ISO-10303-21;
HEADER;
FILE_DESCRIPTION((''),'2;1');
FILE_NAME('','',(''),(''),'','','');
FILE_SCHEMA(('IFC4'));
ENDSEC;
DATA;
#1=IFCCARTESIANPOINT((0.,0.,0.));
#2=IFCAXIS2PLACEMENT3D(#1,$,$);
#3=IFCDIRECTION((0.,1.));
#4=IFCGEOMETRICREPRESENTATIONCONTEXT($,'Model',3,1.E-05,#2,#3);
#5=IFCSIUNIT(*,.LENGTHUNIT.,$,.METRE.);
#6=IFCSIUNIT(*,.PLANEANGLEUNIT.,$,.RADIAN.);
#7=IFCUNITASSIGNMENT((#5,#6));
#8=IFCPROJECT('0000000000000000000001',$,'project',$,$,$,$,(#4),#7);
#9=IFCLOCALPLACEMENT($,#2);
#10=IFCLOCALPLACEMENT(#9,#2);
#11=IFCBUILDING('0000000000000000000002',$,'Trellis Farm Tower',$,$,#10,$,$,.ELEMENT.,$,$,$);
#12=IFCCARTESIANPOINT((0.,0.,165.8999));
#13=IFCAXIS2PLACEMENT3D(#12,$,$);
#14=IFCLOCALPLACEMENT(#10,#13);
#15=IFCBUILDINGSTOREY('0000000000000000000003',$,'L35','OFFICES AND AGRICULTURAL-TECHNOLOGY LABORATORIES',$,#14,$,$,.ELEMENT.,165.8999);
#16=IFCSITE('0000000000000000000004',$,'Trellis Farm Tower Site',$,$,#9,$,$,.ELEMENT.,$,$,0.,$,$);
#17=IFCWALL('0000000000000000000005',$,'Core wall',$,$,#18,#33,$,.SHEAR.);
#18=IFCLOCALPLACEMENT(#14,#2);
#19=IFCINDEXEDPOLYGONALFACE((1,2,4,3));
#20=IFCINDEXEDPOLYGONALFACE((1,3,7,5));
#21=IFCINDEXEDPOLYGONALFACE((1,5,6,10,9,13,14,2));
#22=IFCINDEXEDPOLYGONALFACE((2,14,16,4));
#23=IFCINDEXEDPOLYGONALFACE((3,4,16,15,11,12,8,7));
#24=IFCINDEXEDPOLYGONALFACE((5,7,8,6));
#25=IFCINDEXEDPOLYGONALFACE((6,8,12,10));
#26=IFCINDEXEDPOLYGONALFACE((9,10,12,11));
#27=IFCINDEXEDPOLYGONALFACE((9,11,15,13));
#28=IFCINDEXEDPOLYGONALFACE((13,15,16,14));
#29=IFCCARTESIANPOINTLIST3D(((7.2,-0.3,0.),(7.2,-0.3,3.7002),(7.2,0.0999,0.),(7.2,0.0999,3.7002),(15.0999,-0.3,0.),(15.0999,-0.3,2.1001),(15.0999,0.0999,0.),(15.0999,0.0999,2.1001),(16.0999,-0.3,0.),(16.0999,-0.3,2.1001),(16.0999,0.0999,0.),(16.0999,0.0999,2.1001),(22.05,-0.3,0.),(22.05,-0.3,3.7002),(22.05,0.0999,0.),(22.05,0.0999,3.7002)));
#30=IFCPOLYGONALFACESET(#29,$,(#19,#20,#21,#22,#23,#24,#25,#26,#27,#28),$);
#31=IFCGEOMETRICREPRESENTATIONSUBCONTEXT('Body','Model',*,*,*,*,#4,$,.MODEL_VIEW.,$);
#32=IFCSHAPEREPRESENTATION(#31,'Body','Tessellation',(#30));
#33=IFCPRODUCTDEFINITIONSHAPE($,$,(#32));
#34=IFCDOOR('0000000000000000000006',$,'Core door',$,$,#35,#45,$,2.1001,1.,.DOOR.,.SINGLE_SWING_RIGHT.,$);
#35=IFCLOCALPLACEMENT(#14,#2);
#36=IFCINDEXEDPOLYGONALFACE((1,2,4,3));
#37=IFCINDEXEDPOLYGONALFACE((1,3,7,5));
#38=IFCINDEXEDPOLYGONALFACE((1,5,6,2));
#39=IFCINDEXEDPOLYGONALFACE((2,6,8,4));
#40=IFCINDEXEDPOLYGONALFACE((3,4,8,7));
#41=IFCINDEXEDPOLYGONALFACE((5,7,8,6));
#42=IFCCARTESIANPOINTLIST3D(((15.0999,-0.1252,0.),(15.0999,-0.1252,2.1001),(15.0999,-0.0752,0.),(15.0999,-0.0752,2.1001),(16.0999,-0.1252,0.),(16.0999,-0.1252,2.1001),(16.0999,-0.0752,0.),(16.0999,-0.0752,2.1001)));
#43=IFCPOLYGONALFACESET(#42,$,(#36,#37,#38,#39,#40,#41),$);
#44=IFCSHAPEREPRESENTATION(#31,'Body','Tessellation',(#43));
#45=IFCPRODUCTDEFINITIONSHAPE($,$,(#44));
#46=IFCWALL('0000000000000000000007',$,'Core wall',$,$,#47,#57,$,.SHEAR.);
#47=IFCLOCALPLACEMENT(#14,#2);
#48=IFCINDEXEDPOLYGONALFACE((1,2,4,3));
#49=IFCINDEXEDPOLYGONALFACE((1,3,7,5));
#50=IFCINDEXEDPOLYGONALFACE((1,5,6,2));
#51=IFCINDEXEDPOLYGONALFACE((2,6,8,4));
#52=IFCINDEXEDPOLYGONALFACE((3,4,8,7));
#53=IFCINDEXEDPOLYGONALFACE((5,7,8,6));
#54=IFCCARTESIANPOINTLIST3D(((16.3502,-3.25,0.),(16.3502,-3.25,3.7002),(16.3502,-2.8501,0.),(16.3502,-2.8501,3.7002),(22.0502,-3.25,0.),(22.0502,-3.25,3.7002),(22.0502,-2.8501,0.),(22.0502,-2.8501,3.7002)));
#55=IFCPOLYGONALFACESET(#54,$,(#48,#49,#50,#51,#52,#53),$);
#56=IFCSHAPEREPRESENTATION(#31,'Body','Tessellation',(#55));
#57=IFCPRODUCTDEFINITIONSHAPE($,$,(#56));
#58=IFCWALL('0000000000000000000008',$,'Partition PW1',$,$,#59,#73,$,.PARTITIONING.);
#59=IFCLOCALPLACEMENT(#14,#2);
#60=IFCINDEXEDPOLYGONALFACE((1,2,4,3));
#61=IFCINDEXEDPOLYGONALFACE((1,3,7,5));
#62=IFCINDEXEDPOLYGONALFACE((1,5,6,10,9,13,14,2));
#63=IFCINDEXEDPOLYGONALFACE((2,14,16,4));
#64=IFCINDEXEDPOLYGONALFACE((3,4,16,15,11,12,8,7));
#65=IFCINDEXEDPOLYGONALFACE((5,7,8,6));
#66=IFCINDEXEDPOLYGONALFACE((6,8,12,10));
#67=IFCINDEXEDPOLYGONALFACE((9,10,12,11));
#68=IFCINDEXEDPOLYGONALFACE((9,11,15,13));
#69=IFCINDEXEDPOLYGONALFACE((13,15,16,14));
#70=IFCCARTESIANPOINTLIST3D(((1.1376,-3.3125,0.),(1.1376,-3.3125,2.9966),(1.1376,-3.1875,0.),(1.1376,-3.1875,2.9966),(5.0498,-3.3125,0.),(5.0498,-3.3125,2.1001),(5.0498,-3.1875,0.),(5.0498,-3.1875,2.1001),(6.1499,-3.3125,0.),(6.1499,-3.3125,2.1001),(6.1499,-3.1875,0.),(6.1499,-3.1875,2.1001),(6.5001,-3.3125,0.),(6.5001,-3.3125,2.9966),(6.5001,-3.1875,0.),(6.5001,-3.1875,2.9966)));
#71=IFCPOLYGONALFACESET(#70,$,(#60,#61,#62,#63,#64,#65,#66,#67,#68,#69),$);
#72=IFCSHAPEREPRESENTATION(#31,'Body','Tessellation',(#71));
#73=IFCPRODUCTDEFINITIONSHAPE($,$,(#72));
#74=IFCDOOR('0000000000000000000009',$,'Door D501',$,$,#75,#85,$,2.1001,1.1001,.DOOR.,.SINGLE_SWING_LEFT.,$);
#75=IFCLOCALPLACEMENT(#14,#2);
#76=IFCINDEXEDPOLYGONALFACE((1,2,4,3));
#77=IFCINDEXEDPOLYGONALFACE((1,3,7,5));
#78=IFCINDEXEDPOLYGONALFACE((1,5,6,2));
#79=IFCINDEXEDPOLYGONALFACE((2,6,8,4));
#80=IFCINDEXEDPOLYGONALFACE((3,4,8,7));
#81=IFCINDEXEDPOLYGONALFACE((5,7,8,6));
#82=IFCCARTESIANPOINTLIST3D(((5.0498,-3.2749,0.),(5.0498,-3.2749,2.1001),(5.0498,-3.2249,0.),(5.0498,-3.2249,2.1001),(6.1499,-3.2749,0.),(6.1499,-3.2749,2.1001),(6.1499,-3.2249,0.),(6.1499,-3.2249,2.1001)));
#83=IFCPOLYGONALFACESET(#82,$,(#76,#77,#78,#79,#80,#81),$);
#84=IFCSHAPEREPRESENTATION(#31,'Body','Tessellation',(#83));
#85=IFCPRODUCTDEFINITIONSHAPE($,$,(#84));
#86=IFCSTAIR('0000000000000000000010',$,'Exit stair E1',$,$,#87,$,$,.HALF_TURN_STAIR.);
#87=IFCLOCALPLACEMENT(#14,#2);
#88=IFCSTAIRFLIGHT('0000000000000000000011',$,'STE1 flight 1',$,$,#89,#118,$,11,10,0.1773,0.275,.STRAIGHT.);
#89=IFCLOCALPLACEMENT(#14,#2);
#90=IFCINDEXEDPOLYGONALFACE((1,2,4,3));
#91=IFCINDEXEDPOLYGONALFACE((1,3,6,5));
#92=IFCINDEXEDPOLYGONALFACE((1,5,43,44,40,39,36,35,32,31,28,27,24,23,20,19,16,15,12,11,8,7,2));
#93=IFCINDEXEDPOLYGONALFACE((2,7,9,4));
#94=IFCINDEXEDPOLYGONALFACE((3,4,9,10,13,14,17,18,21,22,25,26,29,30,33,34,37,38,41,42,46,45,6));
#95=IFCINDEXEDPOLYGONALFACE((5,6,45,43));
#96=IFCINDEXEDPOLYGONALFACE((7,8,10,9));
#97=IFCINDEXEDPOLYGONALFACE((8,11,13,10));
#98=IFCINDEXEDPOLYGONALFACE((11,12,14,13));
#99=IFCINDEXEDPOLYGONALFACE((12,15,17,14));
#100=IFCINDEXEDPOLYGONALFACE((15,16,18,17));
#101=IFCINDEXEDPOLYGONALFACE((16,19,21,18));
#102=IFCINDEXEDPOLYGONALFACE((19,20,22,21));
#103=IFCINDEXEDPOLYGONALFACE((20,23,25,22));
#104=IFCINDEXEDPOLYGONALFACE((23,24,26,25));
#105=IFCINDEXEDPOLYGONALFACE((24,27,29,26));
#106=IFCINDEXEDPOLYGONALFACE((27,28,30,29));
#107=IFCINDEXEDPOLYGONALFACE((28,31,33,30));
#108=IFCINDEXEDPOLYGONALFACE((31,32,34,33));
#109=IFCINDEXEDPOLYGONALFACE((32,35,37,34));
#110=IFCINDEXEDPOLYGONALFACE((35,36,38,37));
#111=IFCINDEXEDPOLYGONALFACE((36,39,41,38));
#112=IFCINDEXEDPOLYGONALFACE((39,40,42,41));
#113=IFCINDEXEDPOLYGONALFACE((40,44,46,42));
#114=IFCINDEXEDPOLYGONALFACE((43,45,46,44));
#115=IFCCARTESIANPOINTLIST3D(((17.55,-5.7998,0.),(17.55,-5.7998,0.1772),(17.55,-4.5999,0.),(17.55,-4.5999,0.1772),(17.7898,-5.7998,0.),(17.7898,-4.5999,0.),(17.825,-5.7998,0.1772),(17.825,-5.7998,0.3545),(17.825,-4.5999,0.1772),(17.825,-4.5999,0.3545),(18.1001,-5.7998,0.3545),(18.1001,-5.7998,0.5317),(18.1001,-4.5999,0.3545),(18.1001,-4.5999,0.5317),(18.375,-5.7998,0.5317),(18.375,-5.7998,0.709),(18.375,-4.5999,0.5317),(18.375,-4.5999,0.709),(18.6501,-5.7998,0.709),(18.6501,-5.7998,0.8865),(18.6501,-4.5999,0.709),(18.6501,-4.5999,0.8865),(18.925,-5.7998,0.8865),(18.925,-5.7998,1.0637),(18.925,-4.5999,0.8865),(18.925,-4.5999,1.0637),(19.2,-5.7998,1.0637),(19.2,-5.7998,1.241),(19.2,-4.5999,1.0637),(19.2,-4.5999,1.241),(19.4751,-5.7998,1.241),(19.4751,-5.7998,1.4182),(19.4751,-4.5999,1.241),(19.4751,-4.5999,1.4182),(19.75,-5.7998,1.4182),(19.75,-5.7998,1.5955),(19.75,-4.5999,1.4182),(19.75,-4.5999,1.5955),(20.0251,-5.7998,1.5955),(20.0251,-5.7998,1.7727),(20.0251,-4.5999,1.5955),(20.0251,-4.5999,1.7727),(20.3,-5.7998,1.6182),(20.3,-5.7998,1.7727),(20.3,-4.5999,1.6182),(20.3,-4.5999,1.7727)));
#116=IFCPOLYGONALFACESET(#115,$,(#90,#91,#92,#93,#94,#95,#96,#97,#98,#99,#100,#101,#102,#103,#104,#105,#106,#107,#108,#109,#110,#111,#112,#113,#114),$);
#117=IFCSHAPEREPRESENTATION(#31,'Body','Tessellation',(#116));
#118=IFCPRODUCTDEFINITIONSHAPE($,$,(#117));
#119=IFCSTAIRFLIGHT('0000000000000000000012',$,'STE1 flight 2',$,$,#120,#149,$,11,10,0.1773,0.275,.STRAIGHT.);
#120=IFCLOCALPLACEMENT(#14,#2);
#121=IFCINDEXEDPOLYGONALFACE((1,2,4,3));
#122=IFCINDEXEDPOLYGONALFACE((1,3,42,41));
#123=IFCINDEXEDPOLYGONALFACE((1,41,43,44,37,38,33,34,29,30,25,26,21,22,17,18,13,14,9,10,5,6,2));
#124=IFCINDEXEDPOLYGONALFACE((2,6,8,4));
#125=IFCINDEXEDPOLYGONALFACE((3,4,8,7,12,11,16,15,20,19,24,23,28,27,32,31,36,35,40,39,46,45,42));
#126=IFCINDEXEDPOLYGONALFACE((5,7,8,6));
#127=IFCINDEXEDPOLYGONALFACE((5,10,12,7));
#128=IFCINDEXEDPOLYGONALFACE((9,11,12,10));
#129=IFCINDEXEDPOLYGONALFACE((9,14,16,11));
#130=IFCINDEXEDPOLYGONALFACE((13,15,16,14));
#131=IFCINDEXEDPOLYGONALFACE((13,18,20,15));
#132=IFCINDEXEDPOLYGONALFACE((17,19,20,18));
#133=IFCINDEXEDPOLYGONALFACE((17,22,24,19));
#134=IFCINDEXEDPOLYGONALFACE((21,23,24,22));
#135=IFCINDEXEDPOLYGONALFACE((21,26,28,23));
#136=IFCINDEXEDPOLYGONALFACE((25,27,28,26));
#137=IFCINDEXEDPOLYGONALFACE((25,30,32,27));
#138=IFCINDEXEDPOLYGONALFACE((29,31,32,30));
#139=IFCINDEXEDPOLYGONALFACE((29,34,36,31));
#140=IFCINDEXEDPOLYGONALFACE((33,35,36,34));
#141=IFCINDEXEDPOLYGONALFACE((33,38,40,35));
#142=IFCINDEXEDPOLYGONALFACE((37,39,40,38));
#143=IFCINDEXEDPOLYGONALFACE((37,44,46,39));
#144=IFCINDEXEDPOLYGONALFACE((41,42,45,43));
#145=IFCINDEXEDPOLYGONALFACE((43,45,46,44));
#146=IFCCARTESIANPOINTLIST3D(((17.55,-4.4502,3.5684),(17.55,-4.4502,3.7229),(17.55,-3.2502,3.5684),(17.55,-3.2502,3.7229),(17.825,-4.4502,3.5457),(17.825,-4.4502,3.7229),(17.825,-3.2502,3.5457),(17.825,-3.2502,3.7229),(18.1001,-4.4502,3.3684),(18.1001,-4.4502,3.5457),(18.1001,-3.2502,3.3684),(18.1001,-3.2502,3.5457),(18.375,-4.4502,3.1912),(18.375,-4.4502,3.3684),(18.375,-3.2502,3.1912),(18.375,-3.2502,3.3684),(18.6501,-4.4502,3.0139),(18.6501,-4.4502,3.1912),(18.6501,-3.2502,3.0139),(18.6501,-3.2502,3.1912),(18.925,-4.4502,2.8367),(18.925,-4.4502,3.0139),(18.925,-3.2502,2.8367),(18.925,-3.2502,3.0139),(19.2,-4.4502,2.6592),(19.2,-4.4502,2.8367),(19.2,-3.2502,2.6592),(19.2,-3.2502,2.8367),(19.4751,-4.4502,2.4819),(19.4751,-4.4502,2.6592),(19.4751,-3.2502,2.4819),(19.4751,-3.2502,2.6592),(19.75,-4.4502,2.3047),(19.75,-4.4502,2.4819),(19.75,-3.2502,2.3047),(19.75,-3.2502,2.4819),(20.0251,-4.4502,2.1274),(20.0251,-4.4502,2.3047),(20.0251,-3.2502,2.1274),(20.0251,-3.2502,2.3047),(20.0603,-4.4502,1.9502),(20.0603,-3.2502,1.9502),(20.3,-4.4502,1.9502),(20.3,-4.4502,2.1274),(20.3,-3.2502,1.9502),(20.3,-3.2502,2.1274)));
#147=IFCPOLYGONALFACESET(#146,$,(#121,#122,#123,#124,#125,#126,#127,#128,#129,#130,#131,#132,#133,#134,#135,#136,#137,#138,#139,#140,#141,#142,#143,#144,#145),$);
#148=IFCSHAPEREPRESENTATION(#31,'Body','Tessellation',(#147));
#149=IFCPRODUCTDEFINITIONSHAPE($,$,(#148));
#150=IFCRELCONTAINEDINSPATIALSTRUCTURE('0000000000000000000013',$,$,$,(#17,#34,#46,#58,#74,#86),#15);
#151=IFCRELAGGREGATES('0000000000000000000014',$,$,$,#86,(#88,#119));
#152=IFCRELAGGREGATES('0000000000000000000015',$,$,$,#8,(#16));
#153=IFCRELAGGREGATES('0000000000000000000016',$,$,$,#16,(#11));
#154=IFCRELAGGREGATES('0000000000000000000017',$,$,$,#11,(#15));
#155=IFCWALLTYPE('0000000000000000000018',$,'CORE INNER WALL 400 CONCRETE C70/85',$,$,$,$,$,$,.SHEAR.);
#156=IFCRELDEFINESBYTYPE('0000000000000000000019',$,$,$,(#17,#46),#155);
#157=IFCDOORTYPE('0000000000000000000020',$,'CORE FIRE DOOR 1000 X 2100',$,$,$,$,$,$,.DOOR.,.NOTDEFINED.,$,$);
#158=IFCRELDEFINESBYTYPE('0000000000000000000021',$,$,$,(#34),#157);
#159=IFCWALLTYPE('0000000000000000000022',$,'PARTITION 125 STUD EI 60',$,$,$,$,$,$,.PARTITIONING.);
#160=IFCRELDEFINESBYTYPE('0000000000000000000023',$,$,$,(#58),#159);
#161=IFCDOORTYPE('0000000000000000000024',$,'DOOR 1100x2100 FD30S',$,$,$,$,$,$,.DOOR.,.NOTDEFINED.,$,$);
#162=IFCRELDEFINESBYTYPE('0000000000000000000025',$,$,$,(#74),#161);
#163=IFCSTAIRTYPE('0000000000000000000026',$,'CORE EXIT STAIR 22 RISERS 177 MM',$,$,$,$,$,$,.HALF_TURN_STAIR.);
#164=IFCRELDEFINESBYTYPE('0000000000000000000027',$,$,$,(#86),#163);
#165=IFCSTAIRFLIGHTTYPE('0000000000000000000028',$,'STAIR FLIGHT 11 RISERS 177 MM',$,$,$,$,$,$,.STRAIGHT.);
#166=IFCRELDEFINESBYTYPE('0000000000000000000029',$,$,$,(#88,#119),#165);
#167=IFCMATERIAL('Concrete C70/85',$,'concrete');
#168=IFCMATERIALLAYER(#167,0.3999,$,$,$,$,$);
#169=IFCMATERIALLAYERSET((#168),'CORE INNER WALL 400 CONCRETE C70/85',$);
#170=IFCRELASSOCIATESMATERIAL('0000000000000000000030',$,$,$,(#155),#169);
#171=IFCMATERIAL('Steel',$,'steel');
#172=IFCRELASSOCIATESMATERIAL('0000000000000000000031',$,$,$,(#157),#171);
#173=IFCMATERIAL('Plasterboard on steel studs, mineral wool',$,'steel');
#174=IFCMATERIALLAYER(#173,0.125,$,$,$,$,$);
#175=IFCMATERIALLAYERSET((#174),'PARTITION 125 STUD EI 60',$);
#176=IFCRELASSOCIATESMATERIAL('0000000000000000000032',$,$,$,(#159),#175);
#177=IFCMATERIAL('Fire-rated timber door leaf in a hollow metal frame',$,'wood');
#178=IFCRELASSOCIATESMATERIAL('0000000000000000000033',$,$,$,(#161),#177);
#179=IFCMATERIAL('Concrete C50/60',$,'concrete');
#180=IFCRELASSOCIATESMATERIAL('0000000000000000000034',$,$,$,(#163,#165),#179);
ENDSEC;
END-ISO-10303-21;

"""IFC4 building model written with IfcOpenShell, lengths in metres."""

from ifc_helpers import new_model, si_unit, direction, frame, frame_2d, origin, place, context, subcontext, project, spatial, polyline, rectangle, outline, extrude, source, transform, mapped, material, layer, layer_set, type_object, element, fill, aggregate, save


model = new_model("IFC4")

# Units and contexts
model_context = context("Model", 3, precision=1e-05, world=origin(), true_north=direction((0.0, 1.0)))
body_context = subcontext(model_context, "Body", "Model", "MODEL_VIEW")
ifc_project = project(units=[si_unit("LENGTHUNIT", "METRE"), si_unit("PLANEANGLEUNIT", "RADIAN")], contexts=[model_context])

# Site, building, storey
site_placement = place(None, origin())
site = spatial("IfcSite", under=ifc_project, at=site_placement, Name="Trellis Farm Tower Site", CompositionType="ELEMENT", RefElevation=0.0)
building_placement = place(site_placement, origin())
building = spatial("IfcBuilding", under=site, at=building_placement, Name="Trellis Farm Tower", CompositionType="ELEMENT")
storey_placement = place(building_placement, frame((0.0, 0.0, 165.8999)))
storey = spatial("IfcBuildingStorey", under=building, at=storey_placement, Name="L35", Description="OFFICES AND AGRICULTURAL-TECHNOLOGY LABORATORIES", CompositionType="ELEMENT", Elevation=165.8999)

# Shared definitions
ifc_material_1 = material(Name="Concrete C70/85", Category="concrete")

# Shared definitions
placement = place(storey_placement, origin())

# Shared definitions
ifc_layer_1 = layer(ifc_material_1, 0.3999)
ifc_layer_set_1 = layer_set([ifc_layer_1], Name="CORE INNER WALL 400 CONCRETE C70/85")
wall_type_1 = type_object("IfcWallType", Name="CORE INNER WALL 400 CONCRETE C70/85", PredefinedType="SHEAR", material=ifc_layer_set_1)
shared_shape_1 = source(origin(), body_context, "Body", "SweptSolid", [
    extrude(rectangle(XDim=1.0, YDim=2.1001, at=frame_2d((0.5, 1.05))), frame((0.0, 0.21, 0.0), z_axis=(0.0, -1.0, 0.0), x_axis=(1.0, 0.0, 0.0)), (0.0, 0.0, 1.0), 0.4199),
])
ifc_material_2 = material(Name="Steel", Category="steel")
door_type_1 = type_object("IfcDoorType", Name="CORE FIRE DOOR 1000 X 2100", OperationType="NOTDEFINED", PredefinedType="DOOR", material=ifc_material_2)
shared_shape_2 = source(origin(), body_context, "Body", "SweptSolid", [
    extrude(rectangle(XDim=1.0, YDim=2.1001, at=frame_2d((0.5, 1.05))), frame((0.0, 0.0249, 0.0), z_axis=(0.0, -1.0, 0.0), x_axis=(1.0, 0.0, 0.0)), (0.0, 0.0, 1.0), 0.05),
])

# Wall, opening, door
shared_shape_3 = source(origin(), body_context, "Body", "SweptSolid", [
    extrude(rectangle(XDim=14.8501, YDim=0.3999, at=frame_2d((7.425, 0.0))), origin(), (0.0, 0.0, 1.0), 3.7002),
])
wall_1_placement = place(storey_placement, frame((7.2, -0.1001, 0.0), z_axis=(0.0, 0.0, 1.0), x_axis=(1.0, 0.0, 0.0)))
wall_1 = element("IfcWall", 1, at=wall_1_placement, inside=storey, type_object=wall_type_1, Name="Core wall", PredefinedType="SHEAR", context=body_context, shape_type="MappedRepresentation", body=[
    mapped(shared_shape_3, transform((0.0, 0.0, 0.0))),
])
opening_1_placement = place(wall_1_placement, frame((7.8999, 0.0, 0.0)))
opening_1 = element("IfcOpeningElement", 2, at=opening_1_placement, cuts=wall_1, PredefinedType="OPENING", context=body_context, shape_type="MappedRepresentation", body=[
    mapped(shared_shape_1, transform((0.0, 0.0, 0.0))),
])
door_1_placement = place(opening_1_placement, origin())
door_1 = element("IfcDoor", 3, at=door_1_placement, inside=storey, type_object=door_type_1, Name="Core door", OperationType="SINGLE_SWING_RIGHT", OverallHeight=2.1001, OverallWidth=1.0, PredefinedType="DOOR", context=body_context, shape_type="MappedRepresentation", body=[
    mapped(shared_shape_2, transform((0.0, 0.0, 0.0))),
])
fill(opening_1, door_1)

# Wall
shared_shape_4 = source(origin(), body_context, "Body", "SweptSolid", [
    extrude(rectangle(XDim=5.7, YDim=0.3999, at=frame_2d((2.8501, 0.0))), origin(), (0.0, 0.0, 1.0), 3.7002),
])
wall_2_placement = place(storey_placement, frame((16.3501, -3.05, 0.0), z_axis=(0.0, 0.0, 1.0), x_axis=(1.0, 0.0, 0.0)))
element("IfcWall", 4, at=wall_2_placement, inside=storey, type_object=wall_type_1, Name="Core wall", PredefinedType="SHEAR", context=body_context, shape_type="MappedRepresentation", body=[
    mapped(shared_shape_4, transform((0.0, 0.0, 0.0))),
])

# Wall, opening, door
ifc_material_3 = material(Name="Plasterboard on steel studs, mineral wool", Category="steel")
ifc_layer_2 = layer(ifc_material_3, 0.125)
ifc_layer_set_2 = layer_set([ifc_layer_2], Name="PARTITION 125 STUD EI 60")
wall_type_2 = type_object("IfcWallType", Name="PARTITION 125 STUD EI 60", PredefinedType="PARTITIONING", material=ifc_layer_set_2)
shared_shape_5 = source(origin(), body_context, "Body", "SweptSolid", [
    extrude(rectangle(XDim=5.3625, YDim=0.125, at=frame_2d((2.6812, 0.0))), origin(), (0.0, 0.0, 1.0), 2.9966),
])
wall_3_placement = place(storey_placement, frame((6.5, -3.25, 0.0), z_axis=(0.0, 0.0, 1.0), x_axis=(-1.0, 0.0, 0.0)))
wall_3 = element("IfcWall", 5, at=wall_3_placement, inside=storey, type_object=wall_type_2, Name="Partition PW1", PredefinedType="PARTITIONING", context=body_context, shape_type="MappedRepresentation", body=[
    mapped(shared_shape_5, transform((0.0, 0.0, 0.0))),
])
shared_shape_6 = source(origin(), body_context, "Body", "SweptSolid", [
    extrude(rectangle(XDim=1.1001, YDim=2.1001, at=frame_2d((0.55, 1.05))), frame((0.0, 0.0725, 0.0), z_axis=(0.0, -1.0, 0.0), x_axis=(1.0, 0.0, 0.0)), (0.0, 0.0, 1.0), 0.145),
])
opening_2_placement = place(wall_3_placement, frame((0.3501, 0.0, 0.0)))
opening_2 = element("IfcOpeningElement", 6, at=opening_2_placement, cuts=wall_3, PredefinedType="OPENING", context=body_context, shape_type="MappedRepresentation", body=[
    mapped(shared_shape_6, transform((0.0, 0.0, 0.0))),
])
ifc_material_4 = material(Name="Fire-rated timber door leaf in a hollow metal frame", Category="wood")
door_type_2 = type_object("IfcDoorType", Name="DOOR 1100x2100 FD30S", OperationType="NOTDEFINED", PredefinedType="DOOR", material=ifc_material_4)
shared_shape_7 = source(origin(), body_context, "Body", "SweptSolid", [
    extrude(rectangle(XDim=1.1001, YDim=2.1001, at=frame_2d((0.55, 1.05))), frame((0.0, 0.0249, 0.0), z_axis=(0.0, -1.0, 0.0), x_axis=(1.0, 0.0, 0.0)), (0.0, 0.0, 1.0), 0.05),
])
door_2_placement = place(opening_2_placement, origin())
door_2 = element("IfcDoor", 7, at=door_2_placement, inside=storey, type_object=door_type_2, Name="Door D501", OperationType="SINGLE_SWING_LEFT", OverallHeight=2.1001, OverallWidth=1.1001, PredefinedType="DOOR", context=body_context, shape_type="MappedRepresentation", body=[
    mapped(shared_shape_7, transform((0.0, 0.0, 0.0))),
])
fill(opening_2, door_2)

# Stair, stair flights
ifc_material_5 = material(Name="Concrete C50/60", Category="concrete")
stair_type = type_object("IfcStairType", Name="CORE EXIT STAIR 22 RISERS 177 MM", PredefinedType="HALF_TURN_STAIR", material=ifc_material_5)
stair_1 = element("IfcStair", 8, at=placement, inside=storey, type_object=stair_type, Name="Exit stair E1", PredefinedType="HALF_TURN_STAIR")
stair_flight_type = type_object("IfcStairFlightType", Name="STAIR FLIGHT 11 RISERS 177 MM", PredefinedType="STRAIGHT", material=ifc_material_5)
shared_shape_8 = source(origin(), body_context, "Body", "SweptSolid", [
    extrude(outline(polyline([(0.0, 0.0), (0.0, 0.1772), (0.2749, 0.1772), (0.2749, 0.3545), (0.55, 0.3545), (0.55, 0.5317), (0.825, 0.5317), (0.825, 0.709), (1.1001, 0.709), (1.1001, 0.8865), (1.375, 0.8865), (1.375, 1.0637), (1.6499, 1.0637), (1.6499, 1.241), (1.925, 1.241), (1.925, 1.4182), (2.2, 1.4182), (2.2, 1.5955), (2.4751, 1.5955), (2.4751, 1.7727), (2.75, 1.7727), (2.75, 1.95), (2.75, 1.6182), (0.2397, 0.0), (0.0, 0.0)])), frame((0.0, 0.6001, 0.0), z_axis=(0.0, -1.0, 0.0), x_axis=(1.0, 0.0, 0.0)), (0.0, 0.0, 1.0), 1.2),
])
stair_flight_1_placement = place(storey_placement, frame((17.55, -5.2, 0.0), z_axis=(0.0, 0.0, 1.0), x_axis=(1.0, 0.0, 0.0)))
stair_flight_1 = element("IfcStairFlight", 9, at=stair_flight_1_placement, type_object=stair_flight_type, Name="STE1 flight 1", NumberOfRisers=11, NumberOfTreads=10, PredefinedType="STRAIGHT", RiserHeight=0.1773, TreadLength=0.275, context=body_context, shape_type="MappedRepresentation", body=[
    mapped(shared_shape_8, transform((0.0, 0.0, 0.0))),
])
stair_flight_2_placement = place(storey_placement, frame((20.3, -3.8501, 1.9502), z_axis=(0.0, 0.0, 1.0), x_axis=(-1.0, 0.0, 0.0)))
stair_flight_2 = element("IfcStairFlight", 10, at=stair_flight_2_placement, type_object=stair_flight_type, Name="STE1 flight 2", NumberOfRisers=11, NumberOfTreads=10, PredefinedType="STRAIGHT", RiserHeight=0.1773, TreadLength=0.275, context=body_context, shape_type="MappedRepresentation", body=[
    mapped(shared_shape_8, transform((0.0, 0.0, 0.0))),
])
aggregate(stair_1, [stair_flight_1, stair_flight_2])

save(model, "model.ifc")
